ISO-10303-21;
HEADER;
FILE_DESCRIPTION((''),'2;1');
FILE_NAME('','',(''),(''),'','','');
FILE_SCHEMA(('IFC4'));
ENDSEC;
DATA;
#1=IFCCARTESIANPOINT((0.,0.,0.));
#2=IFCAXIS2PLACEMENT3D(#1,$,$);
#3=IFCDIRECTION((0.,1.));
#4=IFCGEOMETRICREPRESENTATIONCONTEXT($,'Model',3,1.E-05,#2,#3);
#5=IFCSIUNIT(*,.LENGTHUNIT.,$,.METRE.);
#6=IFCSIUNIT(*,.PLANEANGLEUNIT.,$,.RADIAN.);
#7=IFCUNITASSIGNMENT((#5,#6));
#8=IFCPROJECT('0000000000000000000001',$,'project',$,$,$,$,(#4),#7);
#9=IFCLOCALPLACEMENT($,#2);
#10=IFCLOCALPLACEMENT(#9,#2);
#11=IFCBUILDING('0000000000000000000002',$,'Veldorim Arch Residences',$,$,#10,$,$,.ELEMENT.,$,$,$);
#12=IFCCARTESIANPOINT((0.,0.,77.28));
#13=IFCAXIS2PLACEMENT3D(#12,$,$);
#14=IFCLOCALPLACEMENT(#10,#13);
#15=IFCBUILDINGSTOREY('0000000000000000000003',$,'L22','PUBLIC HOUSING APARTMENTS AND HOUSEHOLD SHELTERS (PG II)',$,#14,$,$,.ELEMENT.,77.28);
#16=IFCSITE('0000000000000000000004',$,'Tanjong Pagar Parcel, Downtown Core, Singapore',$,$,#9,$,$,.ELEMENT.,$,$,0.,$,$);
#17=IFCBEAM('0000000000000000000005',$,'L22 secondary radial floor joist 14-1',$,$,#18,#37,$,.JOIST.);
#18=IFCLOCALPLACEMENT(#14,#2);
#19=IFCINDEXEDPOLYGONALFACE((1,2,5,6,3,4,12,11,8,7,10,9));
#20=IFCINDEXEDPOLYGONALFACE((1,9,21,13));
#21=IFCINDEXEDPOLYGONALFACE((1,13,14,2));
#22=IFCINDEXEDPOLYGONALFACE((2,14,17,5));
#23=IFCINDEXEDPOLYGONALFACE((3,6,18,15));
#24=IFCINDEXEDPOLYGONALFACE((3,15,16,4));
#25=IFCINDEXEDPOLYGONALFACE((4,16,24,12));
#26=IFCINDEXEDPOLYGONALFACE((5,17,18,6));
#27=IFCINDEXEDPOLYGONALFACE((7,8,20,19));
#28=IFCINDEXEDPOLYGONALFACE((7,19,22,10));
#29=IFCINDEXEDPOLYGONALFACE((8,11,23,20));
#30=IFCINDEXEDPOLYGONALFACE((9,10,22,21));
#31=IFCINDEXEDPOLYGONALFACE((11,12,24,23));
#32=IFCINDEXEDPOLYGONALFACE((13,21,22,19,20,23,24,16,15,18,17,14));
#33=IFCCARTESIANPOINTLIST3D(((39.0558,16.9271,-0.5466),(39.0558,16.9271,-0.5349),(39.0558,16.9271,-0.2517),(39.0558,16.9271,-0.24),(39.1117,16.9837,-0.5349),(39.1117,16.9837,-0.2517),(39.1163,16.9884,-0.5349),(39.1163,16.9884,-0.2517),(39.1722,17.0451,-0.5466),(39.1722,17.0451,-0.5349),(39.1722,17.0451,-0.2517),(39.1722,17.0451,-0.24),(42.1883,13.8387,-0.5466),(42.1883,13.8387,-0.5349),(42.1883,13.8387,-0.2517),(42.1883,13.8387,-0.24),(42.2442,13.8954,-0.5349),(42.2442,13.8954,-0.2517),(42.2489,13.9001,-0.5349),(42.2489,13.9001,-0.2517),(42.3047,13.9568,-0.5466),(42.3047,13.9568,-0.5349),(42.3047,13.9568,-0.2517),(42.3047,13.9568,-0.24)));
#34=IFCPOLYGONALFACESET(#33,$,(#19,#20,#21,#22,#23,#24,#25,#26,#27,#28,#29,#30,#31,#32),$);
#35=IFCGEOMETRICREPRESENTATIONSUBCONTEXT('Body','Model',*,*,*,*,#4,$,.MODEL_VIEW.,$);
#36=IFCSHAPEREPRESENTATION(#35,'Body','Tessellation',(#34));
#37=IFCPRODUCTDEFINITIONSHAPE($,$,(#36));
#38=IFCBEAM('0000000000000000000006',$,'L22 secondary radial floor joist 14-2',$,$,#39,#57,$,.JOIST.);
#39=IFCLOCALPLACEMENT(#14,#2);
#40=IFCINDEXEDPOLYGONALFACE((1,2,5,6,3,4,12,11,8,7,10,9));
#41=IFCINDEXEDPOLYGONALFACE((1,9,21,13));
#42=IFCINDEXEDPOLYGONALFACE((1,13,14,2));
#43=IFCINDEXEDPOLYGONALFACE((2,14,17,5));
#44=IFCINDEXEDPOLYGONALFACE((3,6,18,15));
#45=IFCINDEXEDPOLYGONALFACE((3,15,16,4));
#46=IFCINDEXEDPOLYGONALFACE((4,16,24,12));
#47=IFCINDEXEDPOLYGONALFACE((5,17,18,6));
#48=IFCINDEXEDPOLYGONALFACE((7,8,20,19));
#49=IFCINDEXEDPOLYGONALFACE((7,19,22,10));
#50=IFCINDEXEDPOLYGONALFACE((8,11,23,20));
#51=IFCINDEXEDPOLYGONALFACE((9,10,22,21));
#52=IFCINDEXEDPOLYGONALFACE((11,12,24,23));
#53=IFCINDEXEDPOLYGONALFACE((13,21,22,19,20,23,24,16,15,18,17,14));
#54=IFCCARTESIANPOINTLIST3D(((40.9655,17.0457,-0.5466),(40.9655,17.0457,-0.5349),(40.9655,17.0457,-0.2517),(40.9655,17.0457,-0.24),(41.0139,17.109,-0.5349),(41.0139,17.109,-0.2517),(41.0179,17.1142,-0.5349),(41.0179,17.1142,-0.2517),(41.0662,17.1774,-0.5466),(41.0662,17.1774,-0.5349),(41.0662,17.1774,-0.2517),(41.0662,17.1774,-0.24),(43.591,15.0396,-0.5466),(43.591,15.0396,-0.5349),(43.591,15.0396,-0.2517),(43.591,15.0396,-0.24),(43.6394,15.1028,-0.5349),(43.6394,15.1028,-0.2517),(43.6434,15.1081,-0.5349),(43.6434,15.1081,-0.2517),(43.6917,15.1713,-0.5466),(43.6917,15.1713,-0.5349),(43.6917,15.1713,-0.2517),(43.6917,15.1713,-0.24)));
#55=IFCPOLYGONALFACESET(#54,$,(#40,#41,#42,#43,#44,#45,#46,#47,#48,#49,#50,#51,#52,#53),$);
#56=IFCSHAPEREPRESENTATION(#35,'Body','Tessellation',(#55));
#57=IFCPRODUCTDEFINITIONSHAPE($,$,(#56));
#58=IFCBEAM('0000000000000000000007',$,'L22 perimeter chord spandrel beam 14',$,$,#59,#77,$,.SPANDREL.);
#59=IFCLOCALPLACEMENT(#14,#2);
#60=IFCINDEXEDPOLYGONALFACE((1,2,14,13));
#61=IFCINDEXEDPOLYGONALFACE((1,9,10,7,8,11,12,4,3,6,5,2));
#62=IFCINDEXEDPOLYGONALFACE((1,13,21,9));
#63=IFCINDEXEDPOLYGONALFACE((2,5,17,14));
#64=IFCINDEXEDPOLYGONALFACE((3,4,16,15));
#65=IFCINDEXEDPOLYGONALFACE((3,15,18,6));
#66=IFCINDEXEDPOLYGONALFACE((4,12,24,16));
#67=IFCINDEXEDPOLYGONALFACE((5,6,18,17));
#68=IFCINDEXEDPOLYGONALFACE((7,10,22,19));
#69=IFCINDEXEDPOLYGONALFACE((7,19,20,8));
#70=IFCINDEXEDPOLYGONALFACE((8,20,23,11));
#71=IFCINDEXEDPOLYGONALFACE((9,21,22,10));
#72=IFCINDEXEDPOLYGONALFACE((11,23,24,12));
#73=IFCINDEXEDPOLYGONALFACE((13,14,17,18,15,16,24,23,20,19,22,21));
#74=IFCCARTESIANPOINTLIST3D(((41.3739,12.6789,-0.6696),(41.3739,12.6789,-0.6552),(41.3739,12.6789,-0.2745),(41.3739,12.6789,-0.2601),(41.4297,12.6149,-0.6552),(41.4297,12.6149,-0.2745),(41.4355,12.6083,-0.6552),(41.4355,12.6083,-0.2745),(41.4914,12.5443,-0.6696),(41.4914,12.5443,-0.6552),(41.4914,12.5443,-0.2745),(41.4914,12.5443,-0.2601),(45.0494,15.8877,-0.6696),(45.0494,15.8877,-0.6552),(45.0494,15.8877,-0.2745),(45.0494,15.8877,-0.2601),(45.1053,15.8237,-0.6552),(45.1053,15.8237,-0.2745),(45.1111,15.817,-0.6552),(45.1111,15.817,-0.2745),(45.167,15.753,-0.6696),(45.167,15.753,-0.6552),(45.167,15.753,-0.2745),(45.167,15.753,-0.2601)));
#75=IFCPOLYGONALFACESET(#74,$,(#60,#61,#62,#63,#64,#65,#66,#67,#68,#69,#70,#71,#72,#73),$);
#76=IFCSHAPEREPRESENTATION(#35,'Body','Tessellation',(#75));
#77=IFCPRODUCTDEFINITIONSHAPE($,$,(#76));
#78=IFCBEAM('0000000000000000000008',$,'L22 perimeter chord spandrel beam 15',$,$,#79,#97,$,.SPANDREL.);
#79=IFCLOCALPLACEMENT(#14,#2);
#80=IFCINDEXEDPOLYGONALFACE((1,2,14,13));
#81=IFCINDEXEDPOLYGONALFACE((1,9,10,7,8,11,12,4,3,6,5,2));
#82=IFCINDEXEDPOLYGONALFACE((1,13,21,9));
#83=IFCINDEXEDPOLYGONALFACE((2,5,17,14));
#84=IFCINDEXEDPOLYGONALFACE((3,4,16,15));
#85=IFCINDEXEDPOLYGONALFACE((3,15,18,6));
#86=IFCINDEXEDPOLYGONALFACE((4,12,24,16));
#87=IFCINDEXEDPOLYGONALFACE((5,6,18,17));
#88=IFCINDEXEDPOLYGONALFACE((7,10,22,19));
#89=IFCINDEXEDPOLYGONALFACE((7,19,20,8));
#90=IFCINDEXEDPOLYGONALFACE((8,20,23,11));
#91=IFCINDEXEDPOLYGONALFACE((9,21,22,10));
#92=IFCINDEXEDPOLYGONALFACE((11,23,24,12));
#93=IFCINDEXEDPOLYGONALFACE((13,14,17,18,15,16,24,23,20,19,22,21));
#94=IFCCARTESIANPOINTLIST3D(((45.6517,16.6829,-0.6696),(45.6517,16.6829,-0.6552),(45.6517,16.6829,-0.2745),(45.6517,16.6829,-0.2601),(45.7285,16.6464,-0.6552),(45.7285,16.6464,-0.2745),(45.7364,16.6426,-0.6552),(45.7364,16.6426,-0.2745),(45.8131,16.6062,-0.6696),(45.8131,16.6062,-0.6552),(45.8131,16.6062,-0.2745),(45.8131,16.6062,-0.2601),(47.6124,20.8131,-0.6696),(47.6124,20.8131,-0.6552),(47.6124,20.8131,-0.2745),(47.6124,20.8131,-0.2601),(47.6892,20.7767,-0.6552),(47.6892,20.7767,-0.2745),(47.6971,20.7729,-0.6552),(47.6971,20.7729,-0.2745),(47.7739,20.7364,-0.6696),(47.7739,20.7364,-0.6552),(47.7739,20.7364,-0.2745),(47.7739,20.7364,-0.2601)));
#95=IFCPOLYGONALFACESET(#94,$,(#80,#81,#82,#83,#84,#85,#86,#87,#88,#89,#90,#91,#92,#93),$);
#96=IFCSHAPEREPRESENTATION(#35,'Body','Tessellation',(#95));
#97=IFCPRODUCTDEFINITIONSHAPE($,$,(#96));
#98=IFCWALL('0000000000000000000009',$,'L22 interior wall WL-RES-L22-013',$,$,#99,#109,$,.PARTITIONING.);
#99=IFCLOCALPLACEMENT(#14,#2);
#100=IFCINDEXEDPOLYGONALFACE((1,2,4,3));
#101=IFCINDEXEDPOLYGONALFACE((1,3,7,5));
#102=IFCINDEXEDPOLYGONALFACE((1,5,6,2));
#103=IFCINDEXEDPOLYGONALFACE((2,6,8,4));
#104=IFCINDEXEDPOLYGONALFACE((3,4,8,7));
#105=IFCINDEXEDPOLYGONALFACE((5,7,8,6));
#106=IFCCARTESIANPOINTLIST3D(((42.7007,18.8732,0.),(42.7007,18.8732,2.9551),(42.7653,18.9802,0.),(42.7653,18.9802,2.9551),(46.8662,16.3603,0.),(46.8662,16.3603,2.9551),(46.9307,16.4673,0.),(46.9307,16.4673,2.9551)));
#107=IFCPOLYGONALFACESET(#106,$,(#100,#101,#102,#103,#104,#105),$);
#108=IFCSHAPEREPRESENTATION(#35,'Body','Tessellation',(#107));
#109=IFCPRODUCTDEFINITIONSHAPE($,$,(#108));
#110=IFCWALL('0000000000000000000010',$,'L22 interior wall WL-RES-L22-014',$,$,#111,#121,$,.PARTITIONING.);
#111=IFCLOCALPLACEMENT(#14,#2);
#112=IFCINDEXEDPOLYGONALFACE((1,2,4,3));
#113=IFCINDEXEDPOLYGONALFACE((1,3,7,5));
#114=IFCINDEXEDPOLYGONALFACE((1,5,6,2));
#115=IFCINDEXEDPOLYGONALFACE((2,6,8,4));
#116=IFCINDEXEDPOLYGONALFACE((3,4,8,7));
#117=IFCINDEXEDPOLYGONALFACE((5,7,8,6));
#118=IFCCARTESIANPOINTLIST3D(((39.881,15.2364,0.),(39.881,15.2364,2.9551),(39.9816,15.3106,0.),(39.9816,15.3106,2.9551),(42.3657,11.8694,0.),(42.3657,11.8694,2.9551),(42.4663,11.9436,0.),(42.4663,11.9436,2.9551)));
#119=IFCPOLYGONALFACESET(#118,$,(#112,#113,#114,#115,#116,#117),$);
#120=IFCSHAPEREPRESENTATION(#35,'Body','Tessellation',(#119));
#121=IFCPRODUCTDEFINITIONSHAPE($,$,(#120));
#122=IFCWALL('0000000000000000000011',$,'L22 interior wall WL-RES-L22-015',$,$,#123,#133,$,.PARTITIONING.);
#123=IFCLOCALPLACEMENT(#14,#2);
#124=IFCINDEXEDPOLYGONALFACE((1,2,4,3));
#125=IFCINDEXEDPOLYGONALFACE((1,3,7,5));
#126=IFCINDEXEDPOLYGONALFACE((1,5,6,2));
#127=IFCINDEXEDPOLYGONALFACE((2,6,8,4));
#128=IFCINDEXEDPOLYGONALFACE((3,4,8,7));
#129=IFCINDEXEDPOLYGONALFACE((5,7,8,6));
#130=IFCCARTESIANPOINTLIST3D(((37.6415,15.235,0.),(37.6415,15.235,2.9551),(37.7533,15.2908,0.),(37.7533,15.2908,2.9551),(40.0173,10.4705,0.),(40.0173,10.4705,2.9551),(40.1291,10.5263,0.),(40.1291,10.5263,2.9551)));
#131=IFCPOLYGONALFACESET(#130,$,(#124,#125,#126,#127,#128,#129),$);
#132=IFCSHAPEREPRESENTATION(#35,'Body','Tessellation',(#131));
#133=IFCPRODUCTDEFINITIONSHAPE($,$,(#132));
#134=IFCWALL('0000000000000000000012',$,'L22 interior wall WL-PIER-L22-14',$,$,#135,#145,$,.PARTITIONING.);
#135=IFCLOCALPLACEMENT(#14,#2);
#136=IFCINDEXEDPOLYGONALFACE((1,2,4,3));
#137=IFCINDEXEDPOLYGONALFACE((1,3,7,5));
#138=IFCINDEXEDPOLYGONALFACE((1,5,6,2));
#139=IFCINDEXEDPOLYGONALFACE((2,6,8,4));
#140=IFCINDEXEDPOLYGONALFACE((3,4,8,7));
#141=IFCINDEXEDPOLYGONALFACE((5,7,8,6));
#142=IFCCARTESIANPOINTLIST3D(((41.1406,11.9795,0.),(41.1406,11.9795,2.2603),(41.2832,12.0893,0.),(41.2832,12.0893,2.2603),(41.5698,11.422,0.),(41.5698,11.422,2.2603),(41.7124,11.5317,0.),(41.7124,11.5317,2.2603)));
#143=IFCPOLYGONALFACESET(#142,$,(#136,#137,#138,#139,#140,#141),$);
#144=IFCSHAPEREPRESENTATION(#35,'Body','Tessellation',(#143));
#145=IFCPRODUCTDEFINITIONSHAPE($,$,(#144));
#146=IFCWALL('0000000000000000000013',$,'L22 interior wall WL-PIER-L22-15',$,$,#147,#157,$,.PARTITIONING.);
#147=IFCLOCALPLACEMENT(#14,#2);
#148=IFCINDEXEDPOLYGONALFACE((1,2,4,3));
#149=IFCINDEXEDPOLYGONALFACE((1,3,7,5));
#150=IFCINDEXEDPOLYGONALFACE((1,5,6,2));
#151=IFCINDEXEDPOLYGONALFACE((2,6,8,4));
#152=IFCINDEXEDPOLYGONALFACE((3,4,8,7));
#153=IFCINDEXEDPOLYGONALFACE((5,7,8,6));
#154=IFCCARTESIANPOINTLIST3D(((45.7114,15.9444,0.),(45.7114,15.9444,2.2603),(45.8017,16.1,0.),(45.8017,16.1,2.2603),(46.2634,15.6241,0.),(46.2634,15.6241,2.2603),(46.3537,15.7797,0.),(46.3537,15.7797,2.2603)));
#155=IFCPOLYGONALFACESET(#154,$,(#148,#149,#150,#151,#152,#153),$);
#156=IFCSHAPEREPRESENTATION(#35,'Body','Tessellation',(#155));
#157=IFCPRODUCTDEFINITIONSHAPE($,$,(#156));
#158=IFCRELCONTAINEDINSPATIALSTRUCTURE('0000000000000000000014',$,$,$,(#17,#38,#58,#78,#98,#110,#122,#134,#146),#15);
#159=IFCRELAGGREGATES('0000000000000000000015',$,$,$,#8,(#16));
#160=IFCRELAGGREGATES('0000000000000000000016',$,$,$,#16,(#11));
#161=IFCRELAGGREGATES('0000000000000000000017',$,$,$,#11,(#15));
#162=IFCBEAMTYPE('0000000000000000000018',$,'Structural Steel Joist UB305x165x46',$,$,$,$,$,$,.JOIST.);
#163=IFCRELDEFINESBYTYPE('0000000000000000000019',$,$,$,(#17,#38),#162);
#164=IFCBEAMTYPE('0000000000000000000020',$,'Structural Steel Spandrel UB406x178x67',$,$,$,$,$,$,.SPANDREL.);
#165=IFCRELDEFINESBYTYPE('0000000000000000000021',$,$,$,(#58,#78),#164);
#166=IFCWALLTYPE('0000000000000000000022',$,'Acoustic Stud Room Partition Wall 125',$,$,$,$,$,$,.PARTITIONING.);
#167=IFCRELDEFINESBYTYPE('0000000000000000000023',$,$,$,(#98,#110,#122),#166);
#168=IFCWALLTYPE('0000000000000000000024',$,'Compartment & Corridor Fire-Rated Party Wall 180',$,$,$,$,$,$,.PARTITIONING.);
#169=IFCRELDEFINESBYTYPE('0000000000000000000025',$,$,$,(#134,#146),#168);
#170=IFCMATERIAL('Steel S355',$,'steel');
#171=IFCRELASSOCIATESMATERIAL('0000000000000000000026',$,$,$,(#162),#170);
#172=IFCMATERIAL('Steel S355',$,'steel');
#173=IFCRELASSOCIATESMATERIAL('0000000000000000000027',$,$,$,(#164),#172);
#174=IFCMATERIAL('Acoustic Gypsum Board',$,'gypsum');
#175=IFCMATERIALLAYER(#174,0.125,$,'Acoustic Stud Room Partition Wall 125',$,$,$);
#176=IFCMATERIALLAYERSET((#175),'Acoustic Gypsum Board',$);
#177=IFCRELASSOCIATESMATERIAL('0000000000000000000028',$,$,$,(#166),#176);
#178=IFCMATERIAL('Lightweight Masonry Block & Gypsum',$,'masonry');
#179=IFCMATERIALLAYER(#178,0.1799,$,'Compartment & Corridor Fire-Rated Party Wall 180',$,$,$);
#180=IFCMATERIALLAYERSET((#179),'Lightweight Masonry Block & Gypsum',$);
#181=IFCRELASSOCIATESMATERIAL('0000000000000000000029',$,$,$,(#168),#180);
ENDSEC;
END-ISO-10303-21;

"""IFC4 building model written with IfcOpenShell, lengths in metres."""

from ifc_helpers import new_model, si_unit, direction, frame, frame_2d, origin, origin_2d, place, context, subcontext, project, spatial, rectangle, i_section, extrude, material, layer, layer_set, material_profile, profile_set, type_object, element, save


model = new_model("IFC4")

# Units and contexts
model_context = context("Model", 3, precision=1e-05, world=origin(), true_north=direction((0.0, 1.0)))
body_context = subcontext(model_context, "Body", "Model", "MODEL_VIEW")
ifc_project = project(units=[si_unit("LENGTHUNIT", "METRE"), si_unit("PLANEANGLEUNIT", "RADIAN")], contexts=[model_context])

# Site, building, storey
site_placement = place(None, origin())
site = spatial("IfcSite", under=ifc_project, at=site_placement, Name="Tanjong Pagar Parcel, Downtown Core, Singapore", CompositionType="ELEMENT", RefElevation=0.0)
building_placement = place(site_placement, origin())
building = spatial("IfcBuilding", under=site, at=building_placement, Name="Veldorim Arch Residences", CompositionType="ELEMENT")
storey_placement = place(building_placement, frame((0.0, 0.0, 77.28)))
storey = spatial("IfcBuildingStorey", under=building, at=storey_placement, Name="L22", Description="PUBLIC HOUSING APARTMENTS AND HOUSEHOLD SHELTERS (PG II)", CompositionType="ELEMENT", Elevation=77.28)

# Beams
ifc_material_1 = material(Name="Steel S355", Category="steel")
ifc_material_profile_1 = material_profile(ifc_material_1, i_section(OverallWidth=0.1658, OverallDepth=0.3066, WebThickness=0.0066, FlangeThickness=0.0117, at=origin_2d()), Name="UB305x165x46")
ifc_profile_set_1 = profile_set([ifc_material_profile_1], Name="Steel S355")
beam_type_1 = type_object("IfcBeamType", Name="Structural Steel Joist UB305x165x46", PredefinedType="JOIST", material=ifc_profile_set_1)
beam_1_placement = place(storey_placement, frame((39.114, 16.9861, -0.3933), z_axis=(0.712112, -0.702066, 0.0), x_axis=(0.702066, 0.712112, 0.0)))
element("IfcBeam", 1, at=beam_1_placement, inside=storey, type_object=beam_type_1, Name="L22 secondary radial floor joist 14-1", PredefinedType="JOIST", context=body_context, shape_type="SweptSolid", body=[
    extrude(i_section(OverallWidth=0.1658, OverallDepth=0.3066, WebThickness=0.0066, FlangeThickness=0.0117, at=origin_2d()), origin(), (0.0, 0.0, 1.0), 4.3989),
])
beam_2_placement = place(storey_placement, frame((41.0159, 17.1116, -0.3933), z_axis=(0.794595, -0.60714, 0.0), x_axis=(0.60714, 0.794595, 0.0)))
element("IfcBeam", 2, at=beam_2_placement, inside=storey, type_object=beam_type_1, Name="L22 secondary radial floor joist 14-2", PredefinedType="JOIST", context=body_context, shape_type="SweptSolid", body=[
    extrude(i_section(OverallWidth=0.1658, OverallDepth=0.3066, WebThickness=0.0066, FlangeThickness=0.0117, at=origin_2d()), origin(), (0.0, 0.0, 1.0), 3.3042),
])
ifc_material_2 = material(Name="Steel S355", Category="steel")
ifc_material_profile_2 = material_profile(ifc_material_2, i_section(OverallWidth=0.1787, OverallDepth=0.4094, WebThickness=0.0088, FlangeThickness=0.0144, at=origin_2d()), Name="UB406x178x67")
ifc_profile_set_2 = profile_set([ifc_material_profile_2], Name="Steel S355")
beam_type_2 = type_object("IfcBeamType", Name="Structural Steel Spandrel UB406x178x67", PredefinedType="SPANDREL", material=ifc_profile_set_2)
beam_3_placement = place(storey_placement, frame((41.4326, 12.6116, -0.4648), z_axis=(0.753323, 0.65765, 0.0), x_axis=(-0.65765, 0.753323, 0.0)))
element("IfcBeam", 3, at=beam_3_placement, inside=storey, type_object=beam_type_2, Name="L22 perimeter chord spandrel beam 14", PredefinedType="SPANDREL", context=body_context, shape_type="SweptSolid", body=[
    extrude(i_section(OverallWidth=0.1787, OverallDepth=0.4094, WebThickness=0.0088, FlangeThickness=0.0144, at=origin_2d()), origin(), (0.0, 0.0, 1.0), 4.8792),
])
beam_4_placement = place(storey_placement, frame((45.7324, 16.6445, -0.4648), z_axis=(0.428857, 0.903372, 0.0), x_axis=(-0.903372, 0.428857, 0.0)))
element("IfcBeam", 4, at=beam_4_placement, inside=storey, type_object=beam_type_2, Name="L22 perimeter chord spandrel beam 15", PredefinedType="SPANDREL", context=body_context, shape_type="SweptSolid", body=[
    extrude(i_section(OverallWidth=0.1787, OverallDepth=0.4094, WebThickness=0.0088, FlangeThickness=0.0144, at=origin_2d()), origin(), (0.0, 0.0, 1.0), 4.572),
])

# Walls
ifc_material_3 = material(Name="Acoustic Gypsum Board", Category="gypsum")
ifc_layer_1 = layer(ifc_material_3, 0.125, Name="Acoustic Stud Room Partition Wall 125")
ifc_layer_set_1 = layer_set([ifc_layer_1], Name="Acoustic Gypsum Board")
wall_type_1 = type_object("IfcWallType", Name="Acoustic Stud Room Partition Wall 125", PredefinedType="PARTITIONING", material=ifc_layer_set_1)
wall_1_placement = place(storey_placement, frame((46.8984, 16.4138, 0.0), z_axis=(0.0, 0.0, 1.0), x_axis=(-0.856255, 0.516553, 0.0)))
element("IfcWall", 5, at=wall_1_placement, inside=storey, type_object=wall_type_1, Name="L22 interior wall WL-RES-L22-013", PredefinedType="PARTITIONING", context=body_context, shape_type="SweptSolid", body=[
    extrude(rectangle(XDim=4.8647, YDim=0.125, at=frame_2d((2.4324, 0.0))), origin(), (0.0, 0.0, 1.0), 2.9551),
])
wall_2_placement = place(storey_placement, frame((42.416, 11.9065, 0.0), z_axis=(0.0, 0.0, 1.0), x_axis=(-0.593774, 0.804632, 0.0)))
element("IfcWall", 6, at=wall_2_placement, inside=storey, type_object=wall_type_1, Name="L22 interior wall WL-RES-L22-014", PredefinedType="PARTITIONING", context=body_context, shape_type="SweptSolid", body=[
    extrude(rectangle(XDim=4.1846, YDim=0.125, at=frame_2d((2.0923, 0.0))), origin(), (0.0, 0.0, 1.0), 2.9551),
])
wall_3_placement = place(storey_placement, frame((40.0732, 10.4983, 0.0), z_axis=(0.0, 0.0, 1.0), x_axis=(-0.446241, 0.894913, 0.0)))
element("IfcWall", 7, at=wall_3_placement, inside=storey, type_object=wall_type_1, Name="L22 interior wall WL-RES-L22-015", PredefinedType="PARTITIONING", context=body_context, shape_type="SweptSolid", body=[
    extrude(rectangle(XDim=5.324, YDim=0.125, at=frame_2d((2.6621, 0.0))), origin(), (0.0, 0.0, 1.0), 2.9551),
])
ifc_material_4 = material(Name="Lightweight Masonry Block & Gypsum", Category="masonry")
ifc_layer_2 = layer(ifc_material_4, 0.1799, Name="Compartment & Corridor Fire-Rated Party Wall 180")
ifc_layer_set_2 = layer_set([ifc_layer_2], Name="Lightweight Masonry Block & Gypsum")
wall_type_2 = type_object("IfcWallType", Name="Compartment & Corridor Fire-Rated Party Wall 180", PredefinedType="PARTITIONING", material=ifc_layer_set_2)
wall_4_placement = place(storey_placement, frame((41.2119, 12.0344, 0.0), z_axis=(0.0, 0.0, 1.0), x_axis=(0.609945, -0.792443, 0.0)))
element("IfcWall", 8, at=wall_4_placement, inside=storey, type_object=wall_type_2, Name="L22 interior wall WL-PIER-L22-14", PredefinedType="PARTITIONING", context=body_context, shape_type="SweptSolid", body=[
    extrude(rectangle(XDim=0.7036, YDim=0.1799, at=frame_2d((0.3518, 0.0))), origin(), (0.0, 0.0, 1.0), 2.2603),
])
wall_5_placement = place(storey_placement, frame((45.7566, 16.0222, 0.0), z_axis=(0.0, 0.0, 1.0), x_axis=(0.864928, -0.501896, 0.0)))
element("IfcWall", 9, at=wall_5_placement, inside=storey, type_object=wall_type_2, Name="L22 interior wall WL-PIER-L22-15", PredefinedType="PARTITIONING", context=body_context, shape_type="SweptSolid", body=[
    extrude(rectangle(XDim=0.6382, YDim=0.1799, at=frame_2d((0.3191, 0.0))), origin(), (0.0, 0.0, 1.0), 2.2603),
])

save(model, "model.ifc")
